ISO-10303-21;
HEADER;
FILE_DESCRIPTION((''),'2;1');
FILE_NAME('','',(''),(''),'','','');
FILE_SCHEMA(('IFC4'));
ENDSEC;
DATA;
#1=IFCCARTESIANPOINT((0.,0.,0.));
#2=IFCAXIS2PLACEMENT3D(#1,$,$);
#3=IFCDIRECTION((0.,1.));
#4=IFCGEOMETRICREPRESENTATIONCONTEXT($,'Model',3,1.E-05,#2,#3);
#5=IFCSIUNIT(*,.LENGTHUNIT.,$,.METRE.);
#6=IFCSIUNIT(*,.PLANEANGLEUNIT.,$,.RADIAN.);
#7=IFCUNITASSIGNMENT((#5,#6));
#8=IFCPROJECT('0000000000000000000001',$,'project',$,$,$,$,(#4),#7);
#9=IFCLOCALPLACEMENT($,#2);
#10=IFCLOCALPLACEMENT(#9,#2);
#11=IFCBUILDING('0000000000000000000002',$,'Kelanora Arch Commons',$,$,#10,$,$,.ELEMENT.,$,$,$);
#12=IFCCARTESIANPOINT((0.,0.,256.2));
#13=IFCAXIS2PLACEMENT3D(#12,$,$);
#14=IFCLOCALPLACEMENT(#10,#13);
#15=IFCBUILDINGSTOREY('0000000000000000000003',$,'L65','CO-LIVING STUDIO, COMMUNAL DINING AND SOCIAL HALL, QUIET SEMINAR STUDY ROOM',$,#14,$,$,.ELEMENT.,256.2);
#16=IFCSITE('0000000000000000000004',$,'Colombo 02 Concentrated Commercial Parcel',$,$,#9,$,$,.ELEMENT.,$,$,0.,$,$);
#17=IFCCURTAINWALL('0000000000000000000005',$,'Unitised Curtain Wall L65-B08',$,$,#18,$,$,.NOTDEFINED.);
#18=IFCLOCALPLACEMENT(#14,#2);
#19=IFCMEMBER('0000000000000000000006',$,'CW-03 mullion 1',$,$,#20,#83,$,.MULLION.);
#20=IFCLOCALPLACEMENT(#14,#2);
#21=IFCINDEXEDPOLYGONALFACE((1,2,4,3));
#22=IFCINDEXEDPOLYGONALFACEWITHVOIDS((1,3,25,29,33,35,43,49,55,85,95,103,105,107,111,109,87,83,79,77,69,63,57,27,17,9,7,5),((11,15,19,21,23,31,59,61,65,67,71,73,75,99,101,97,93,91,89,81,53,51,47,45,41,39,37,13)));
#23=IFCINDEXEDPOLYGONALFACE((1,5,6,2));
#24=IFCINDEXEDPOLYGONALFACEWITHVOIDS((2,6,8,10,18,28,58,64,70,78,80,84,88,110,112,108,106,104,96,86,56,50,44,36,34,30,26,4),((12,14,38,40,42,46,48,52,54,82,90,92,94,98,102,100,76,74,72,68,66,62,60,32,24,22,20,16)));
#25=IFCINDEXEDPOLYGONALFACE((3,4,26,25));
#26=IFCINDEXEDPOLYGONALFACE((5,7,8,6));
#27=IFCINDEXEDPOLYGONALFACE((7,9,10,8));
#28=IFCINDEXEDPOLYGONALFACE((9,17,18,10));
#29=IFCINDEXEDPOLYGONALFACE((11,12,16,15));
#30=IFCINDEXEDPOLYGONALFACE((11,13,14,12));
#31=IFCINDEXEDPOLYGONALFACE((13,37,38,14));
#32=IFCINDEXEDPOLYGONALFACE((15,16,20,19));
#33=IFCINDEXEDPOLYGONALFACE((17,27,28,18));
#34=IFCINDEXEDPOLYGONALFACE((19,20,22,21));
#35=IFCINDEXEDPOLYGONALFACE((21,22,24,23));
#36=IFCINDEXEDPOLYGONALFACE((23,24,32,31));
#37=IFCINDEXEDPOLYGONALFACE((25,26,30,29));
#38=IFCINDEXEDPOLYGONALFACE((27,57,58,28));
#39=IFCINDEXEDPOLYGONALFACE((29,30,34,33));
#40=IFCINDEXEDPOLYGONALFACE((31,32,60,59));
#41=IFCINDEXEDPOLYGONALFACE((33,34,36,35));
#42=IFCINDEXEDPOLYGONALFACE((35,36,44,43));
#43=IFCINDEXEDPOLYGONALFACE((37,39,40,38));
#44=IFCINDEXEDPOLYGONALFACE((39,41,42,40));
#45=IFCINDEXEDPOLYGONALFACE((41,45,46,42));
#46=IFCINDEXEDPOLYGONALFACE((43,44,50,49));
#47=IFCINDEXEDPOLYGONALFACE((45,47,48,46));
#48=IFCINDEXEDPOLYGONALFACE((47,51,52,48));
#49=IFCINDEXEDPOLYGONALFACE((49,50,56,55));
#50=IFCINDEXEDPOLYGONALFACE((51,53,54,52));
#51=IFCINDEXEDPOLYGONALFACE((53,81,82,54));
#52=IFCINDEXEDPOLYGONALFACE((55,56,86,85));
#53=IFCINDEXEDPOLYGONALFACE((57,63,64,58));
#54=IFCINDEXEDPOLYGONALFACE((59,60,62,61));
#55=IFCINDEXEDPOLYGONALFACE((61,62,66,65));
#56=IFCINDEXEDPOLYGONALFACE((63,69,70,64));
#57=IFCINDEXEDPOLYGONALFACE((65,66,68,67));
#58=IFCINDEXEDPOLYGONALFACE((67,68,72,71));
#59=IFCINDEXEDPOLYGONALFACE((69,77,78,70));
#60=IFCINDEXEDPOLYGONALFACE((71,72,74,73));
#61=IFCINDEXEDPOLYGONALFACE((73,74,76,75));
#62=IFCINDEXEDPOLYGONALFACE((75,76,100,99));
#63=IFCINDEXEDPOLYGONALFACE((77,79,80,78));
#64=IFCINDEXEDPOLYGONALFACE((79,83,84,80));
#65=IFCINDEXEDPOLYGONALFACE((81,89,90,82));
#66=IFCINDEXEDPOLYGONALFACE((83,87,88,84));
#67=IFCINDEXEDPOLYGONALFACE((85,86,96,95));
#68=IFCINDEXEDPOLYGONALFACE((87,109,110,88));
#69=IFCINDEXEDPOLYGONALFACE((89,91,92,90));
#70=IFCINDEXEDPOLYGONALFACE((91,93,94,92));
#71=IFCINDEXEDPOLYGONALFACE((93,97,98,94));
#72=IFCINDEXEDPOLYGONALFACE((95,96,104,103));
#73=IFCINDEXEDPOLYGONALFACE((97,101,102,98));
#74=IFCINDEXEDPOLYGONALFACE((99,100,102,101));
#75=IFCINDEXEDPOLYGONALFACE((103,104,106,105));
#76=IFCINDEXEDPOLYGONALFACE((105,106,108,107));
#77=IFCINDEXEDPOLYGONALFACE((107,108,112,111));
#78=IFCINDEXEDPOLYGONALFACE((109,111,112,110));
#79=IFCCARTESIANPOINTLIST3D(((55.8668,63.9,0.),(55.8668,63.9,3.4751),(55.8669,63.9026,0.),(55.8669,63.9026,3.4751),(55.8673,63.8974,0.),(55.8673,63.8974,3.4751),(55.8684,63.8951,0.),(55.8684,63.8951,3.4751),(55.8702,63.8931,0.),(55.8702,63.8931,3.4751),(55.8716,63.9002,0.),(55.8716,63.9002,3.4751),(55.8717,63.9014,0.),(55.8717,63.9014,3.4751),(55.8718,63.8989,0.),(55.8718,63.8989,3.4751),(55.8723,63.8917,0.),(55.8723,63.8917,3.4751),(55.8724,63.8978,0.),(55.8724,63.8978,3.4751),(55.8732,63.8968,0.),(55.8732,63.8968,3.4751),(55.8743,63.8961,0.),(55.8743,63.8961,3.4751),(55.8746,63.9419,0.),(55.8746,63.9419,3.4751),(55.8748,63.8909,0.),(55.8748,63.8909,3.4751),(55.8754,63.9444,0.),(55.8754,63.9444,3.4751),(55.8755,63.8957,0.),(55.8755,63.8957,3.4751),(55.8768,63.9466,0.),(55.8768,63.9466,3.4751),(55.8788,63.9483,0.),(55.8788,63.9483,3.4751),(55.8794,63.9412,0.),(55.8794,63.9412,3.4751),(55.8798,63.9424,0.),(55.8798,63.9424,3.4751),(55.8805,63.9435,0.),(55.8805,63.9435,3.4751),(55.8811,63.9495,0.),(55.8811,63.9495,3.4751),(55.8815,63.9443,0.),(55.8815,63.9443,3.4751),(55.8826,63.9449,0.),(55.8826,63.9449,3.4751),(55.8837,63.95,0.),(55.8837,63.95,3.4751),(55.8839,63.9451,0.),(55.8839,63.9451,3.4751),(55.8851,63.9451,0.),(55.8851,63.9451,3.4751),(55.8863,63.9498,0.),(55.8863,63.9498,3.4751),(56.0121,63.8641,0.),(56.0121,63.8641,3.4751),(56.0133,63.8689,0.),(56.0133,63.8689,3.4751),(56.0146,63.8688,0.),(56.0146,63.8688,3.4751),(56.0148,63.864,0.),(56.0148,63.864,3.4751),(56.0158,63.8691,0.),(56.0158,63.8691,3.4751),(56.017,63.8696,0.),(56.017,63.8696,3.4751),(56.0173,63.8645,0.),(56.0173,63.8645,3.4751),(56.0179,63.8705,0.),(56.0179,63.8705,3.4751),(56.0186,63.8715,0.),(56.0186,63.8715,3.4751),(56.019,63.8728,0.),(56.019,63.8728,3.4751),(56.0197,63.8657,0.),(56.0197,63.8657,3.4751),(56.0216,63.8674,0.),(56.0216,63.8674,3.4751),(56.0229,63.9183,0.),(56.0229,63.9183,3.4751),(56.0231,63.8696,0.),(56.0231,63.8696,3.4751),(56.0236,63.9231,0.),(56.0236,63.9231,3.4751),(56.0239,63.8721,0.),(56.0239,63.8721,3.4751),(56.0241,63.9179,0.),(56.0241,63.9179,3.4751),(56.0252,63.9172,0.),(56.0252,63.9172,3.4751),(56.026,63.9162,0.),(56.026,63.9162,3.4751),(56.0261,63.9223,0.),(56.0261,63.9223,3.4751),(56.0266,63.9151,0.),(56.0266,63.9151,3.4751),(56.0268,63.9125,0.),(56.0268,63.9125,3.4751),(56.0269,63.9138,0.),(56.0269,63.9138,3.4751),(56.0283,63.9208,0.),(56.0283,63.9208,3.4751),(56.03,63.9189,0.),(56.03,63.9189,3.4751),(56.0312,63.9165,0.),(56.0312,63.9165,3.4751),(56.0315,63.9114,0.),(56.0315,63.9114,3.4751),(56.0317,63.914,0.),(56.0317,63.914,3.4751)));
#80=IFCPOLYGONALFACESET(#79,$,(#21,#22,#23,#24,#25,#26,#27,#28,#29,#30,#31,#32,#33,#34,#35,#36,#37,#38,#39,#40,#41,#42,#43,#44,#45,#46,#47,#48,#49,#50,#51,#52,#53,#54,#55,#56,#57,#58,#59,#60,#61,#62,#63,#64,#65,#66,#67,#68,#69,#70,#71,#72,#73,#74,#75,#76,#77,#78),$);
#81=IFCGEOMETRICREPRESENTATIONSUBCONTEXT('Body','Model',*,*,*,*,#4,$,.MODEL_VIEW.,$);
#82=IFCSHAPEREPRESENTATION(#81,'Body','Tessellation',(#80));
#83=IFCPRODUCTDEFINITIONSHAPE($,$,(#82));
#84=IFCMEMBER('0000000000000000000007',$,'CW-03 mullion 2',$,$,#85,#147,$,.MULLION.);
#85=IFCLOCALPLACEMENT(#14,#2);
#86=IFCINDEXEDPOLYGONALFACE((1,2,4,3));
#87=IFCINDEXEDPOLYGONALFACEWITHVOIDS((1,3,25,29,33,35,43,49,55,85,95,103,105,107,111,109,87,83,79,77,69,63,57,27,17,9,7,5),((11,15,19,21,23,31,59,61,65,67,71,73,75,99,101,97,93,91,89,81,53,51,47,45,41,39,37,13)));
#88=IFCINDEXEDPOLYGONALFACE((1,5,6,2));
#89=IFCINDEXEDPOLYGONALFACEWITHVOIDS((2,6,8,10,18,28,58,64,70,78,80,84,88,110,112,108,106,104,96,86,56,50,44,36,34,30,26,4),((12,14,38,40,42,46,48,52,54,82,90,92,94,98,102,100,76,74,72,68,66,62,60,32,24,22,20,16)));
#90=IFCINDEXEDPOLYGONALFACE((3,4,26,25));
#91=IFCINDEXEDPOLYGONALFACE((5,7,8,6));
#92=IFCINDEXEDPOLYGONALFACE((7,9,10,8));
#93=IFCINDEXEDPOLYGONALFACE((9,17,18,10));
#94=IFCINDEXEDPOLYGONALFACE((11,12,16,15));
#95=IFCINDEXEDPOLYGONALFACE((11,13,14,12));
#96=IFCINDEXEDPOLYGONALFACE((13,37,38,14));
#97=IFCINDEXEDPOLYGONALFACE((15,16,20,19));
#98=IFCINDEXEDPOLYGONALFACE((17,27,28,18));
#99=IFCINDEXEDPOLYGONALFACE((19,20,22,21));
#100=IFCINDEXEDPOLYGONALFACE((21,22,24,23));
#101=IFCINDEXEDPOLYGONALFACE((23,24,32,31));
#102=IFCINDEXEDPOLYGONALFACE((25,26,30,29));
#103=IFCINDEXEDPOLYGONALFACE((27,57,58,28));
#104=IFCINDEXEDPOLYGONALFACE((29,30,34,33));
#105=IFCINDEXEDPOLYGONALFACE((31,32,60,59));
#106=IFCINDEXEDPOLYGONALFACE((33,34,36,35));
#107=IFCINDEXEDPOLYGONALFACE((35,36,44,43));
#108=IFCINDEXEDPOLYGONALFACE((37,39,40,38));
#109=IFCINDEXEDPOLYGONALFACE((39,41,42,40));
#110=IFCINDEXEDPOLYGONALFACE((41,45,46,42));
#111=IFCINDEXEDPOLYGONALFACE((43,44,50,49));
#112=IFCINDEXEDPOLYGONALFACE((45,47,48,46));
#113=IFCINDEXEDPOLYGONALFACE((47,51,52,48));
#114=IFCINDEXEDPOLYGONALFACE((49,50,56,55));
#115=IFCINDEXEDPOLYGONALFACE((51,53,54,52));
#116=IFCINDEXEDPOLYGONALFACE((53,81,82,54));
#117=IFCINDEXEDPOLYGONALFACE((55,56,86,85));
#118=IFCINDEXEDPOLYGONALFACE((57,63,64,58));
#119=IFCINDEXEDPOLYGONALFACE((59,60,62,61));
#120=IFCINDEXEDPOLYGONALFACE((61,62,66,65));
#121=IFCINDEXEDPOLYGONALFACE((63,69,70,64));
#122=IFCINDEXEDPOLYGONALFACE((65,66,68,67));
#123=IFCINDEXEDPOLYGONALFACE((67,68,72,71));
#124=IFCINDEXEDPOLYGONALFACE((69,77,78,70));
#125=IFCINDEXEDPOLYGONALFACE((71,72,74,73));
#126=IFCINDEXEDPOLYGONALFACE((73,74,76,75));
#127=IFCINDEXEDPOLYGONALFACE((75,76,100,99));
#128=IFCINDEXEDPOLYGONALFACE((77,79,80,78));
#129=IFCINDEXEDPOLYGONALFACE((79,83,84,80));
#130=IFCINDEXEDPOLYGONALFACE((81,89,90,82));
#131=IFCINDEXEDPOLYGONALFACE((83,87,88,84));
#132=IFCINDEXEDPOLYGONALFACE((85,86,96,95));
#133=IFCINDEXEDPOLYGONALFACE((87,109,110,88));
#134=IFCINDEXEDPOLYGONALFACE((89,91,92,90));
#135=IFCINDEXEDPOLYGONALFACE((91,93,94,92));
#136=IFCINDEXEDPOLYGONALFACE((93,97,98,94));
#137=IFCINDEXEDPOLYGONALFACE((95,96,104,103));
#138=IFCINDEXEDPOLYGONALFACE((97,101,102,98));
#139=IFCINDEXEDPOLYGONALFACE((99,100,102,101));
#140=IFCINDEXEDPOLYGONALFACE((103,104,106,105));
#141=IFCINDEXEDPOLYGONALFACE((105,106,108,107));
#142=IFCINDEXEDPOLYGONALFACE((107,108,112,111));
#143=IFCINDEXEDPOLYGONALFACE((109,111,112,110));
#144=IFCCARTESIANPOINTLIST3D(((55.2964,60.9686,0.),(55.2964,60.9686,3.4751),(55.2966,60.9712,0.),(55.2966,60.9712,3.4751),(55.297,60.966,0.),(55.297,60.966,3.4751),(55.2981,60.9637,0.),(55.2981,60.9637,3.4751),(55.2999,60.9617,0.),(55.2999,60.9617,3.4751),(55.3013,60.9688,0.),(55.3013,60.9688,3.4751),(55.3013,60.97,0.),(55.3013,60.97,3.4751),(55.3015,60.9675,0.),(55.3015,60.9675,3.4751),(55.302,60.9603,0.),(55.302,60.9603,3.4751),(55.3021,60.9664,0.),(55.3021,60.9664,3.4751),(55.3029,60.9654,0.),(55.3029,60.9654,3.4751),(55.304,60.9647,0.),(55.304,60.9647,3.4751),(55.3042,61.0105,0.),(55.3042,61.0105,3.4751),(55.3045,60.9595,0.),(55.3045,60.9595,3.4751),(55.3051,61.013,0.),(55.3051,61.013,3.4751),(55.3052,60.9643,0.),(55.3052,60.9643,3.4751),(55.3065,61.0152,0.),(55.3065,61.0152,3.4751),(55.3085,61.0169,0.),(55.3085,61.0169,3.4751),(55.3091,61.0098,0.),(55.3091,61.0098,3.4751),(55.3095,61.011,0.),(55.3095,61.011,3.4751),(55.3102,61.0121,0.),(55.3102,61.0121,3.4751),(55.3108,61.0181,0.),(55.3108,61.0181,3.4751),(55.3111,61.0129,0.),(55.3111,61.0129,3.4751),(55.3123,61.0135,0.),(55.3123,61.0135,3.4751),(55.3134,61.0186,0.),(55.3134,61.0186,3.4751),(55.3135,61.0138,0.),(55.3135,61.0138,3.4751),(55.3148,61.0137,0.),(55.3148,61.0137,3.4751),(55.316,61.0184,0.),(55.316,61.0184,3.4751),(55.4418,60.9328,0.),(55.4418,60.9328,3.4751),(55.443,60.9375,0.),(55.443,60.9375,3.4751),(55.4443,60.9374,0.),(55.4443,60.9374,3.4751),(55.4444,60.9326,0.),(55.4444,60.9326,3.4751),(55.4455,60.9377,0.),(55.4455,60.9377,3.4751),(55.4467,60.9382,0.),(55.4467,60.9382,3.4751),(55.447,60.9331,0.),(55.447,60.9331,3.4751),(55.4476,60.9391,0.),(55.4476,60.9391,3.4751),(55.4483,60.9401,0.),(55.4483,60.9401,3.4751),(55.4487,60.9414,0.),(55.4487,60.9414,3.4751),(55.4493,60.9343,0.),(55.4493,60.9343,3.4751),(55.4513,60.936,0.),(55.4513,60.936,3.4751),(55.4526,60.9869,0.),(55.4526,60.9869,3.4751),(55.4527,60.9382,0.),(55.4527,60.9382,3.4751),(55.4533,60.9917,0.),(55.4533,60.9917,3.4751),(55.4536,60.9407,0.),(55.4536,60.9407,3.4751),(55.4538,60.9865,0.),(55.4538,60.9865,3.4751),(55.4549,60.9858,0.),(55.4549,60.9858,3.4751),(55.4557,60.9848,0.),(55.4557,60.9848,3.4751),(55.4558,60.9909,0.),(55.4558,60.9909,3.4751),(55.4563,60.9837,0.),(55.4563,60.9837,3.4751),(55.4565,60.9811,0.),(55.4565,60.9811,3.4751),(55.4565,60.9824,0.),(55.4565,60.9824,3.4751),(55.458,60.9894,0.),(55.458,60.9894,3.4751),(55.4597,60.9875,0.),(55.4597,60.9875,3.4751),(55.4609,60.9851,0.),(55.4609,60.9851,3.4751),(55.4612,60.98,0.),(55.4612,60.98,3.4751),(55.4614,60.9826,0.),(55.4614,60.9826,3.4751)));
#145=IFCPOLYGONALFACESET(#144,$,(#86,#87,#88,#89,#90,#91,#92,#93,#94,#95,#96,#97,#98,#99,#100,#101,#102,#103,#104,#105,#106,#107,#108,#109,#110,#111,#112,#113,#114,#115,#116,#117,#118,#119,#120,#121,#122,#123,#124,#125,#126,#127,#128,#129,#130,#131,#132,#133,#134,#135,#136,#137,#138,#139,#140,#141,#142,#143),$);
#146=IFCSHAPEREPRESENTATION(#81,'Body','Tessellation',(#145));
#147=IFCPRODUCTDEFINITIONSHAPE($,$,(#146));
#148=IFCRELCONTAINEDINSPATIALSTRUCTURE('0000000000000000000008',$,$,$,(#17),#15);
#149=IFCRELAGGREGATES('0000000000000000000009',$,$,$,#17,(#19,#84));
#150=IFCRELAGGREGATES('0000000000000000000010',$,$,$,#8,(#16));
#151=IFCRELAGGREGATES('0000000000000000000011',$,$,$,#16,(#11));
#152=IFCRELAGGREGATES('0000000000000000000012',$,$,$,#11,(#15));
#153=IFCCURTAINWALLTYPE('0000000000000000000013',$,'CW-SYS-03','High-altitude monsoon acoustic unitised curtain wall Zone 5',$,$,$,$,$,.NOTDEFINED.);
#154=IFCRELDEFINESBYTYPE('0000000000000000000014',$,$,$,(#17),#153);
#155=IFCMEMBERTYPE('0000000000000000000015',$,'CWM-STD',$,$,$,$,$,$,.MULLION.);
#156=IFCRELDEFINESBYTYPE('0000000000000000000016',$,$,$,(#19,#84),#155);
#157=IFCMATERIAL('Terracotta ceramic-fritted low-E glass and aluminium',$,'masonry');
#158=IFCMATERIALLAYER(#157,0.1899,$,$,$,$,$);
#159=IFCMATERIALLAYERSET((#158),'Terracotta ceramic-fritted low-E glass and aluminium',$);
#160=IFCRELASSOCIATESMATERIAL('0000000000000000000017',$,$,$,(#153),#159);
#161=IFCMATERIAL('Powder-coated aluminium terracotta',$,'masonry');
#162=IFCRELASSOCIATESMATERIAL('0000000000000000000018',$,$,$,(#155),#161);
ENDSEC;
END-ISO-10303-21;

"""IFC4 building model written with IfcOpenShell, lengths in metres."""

from ifc_helpers import new_model, si_unit, direction, frame, origin, origin_2d, place, context, subcontext, project, spatial, hollow_rectangle, extrude, material, layer, layer_set, material_profile, profile_set, type_object, element, aggregate, save


model = new_model("IFC4")

# Units and contexts
model_context = context("Model", 3, precision=1e-05, world=origin(), true_north=direction((0.0, 1.0)))
body_context = subcontext(model_context, "Body", "Model", "MODEL_VIEW")
ifc_project = project(units=[si_unit("LENGTHUNIT", "METRE"), si_unit("PLANEANGLEUNIT", "RADIAN")], contexts=[model_context])

# Site, building, storey
site_placement = place(None, origin())
site = spatial("IfcSite", under=ifc_project, at=site_placement, Name="Colombo 02 Concentrated Commercial Parcel", CompositionType="ELEMENT", RefElevation=0.0)
building_placement = place(site_placement, origin())
building = spatial("IfcBuilding", under=site, at=building_placement, Name="Kelanora Arch Commons", CompositionType="ELEMENT")
storey_placement = place(building_placement, frame((0.0, 0.0, 256.2)))
storey = spatial("IfcBuildingStorey", under=building, at=storey_placement, Name="L65", Description="CO-LIVING STUDIO, COMMUNAL DINING AND SOCIAL HALL, QUIET SEMINAR STUDY ROOM", CompositionType="ELEMENT", Elevation=256.2)

# Curtain wall, members
ifc_material_1 = material(Name="Terracotta ceramic-fritted low-E glass and aluminium", Category="masonry")
ifc_layer_1 = layer(ifc_material_1, 0.1899)
ifc_layer_set_1 = layer_set([ifc_layer_1], Name="Terracotta ceramic-fritted low-E glass and aluminium")
curtain_wall_type = type_object("IfcCurtainWallType", Name="CW-SYS-03", Description="High-altitude monsoon acoustic unitised curtain wall Zone 5", PredefinedType="NOTDEFINED", material=ifc_layer_set_1)
curtain_wall_placement = place(storey_placement, origin())
curtain_wall = element("IfcCurtainWall", 1, at=curtain_wall_placement, inside=storey, type_object=curtain_wall_type, Name="Unitised Curtain Wall L65-B08", PredefinedType="NOTDEFINED")
ifc_material_2 = material(Name="Powder-coated aluminium terracotta", Category="masonry")
ifc_material_profile_1 = material_profile(ifc_material_2, hollow_rectangle(XDim=0.1599, YDim=0.0601, WallThickness=0.0049, InnerFilletRadius=0.0049, OuterFilletRadius=0.01, at=origin_2d()), Name="CWM160x60")
ifc_profile_set_1 = profile_set([ifc_material_profile_1], Name="Powder-coated aluminium terracotta")
member_type_1 = type_object("IfcMemberType", Name="CWM-STD", PredefinedType="MULLION", material=ifc_profile_set_1)
member_1_placement = place(storey_placement, frame((55.9492, 63.907, 0.0), z_axis=(0.0, 0.0, 1.0), x_axis=(0.981596, -0.190972, 0.0)))
member_1 = element("IfcMember", 2, at=member_1_placement, type_object=member_type_1, Name="CW-03 mullion 1", PredefinedType="MULLION", context=body_context, shape_type="SweptSolid", body=[
    extrude(hollow_rectangle(XDim=0.1599, YDim=0.0601, WallThickness=0.0049, InnerFilletRadius=0.0049, OuterFilletRadius=0.01, at=origin_2d()), origin(), (0.0, 0.0, 1.0), 3.4751),
])
member_2_placement = place(storey_placement, frame((55.3789, 60.9756, 0.0), z_axis=(0.0, 0.0, 1.0), x_axis=(0.981596, -0.190972, 0.0)))
member_2 = element("IfcMember", 3, at=member_2_placement, type_object=member_type_1, Name="CW-03 mullion 2", PredefinedType="MULLION", context=body_context, shape_type="SweptSolid", body=[
    extrude(hollow_rectangle(XDim=0.1599, YDim=0.0601, WallThickness=0.0049, InnerFilletRadius=0.0049, OuterFilletRadius=0.01, at=origin_2d()), origin(), (0.0, 0.0, 1.0), 3.4751),
])
aggregate(curtain_wall, [member_1, member_2])

save(model, "model.ifc")
